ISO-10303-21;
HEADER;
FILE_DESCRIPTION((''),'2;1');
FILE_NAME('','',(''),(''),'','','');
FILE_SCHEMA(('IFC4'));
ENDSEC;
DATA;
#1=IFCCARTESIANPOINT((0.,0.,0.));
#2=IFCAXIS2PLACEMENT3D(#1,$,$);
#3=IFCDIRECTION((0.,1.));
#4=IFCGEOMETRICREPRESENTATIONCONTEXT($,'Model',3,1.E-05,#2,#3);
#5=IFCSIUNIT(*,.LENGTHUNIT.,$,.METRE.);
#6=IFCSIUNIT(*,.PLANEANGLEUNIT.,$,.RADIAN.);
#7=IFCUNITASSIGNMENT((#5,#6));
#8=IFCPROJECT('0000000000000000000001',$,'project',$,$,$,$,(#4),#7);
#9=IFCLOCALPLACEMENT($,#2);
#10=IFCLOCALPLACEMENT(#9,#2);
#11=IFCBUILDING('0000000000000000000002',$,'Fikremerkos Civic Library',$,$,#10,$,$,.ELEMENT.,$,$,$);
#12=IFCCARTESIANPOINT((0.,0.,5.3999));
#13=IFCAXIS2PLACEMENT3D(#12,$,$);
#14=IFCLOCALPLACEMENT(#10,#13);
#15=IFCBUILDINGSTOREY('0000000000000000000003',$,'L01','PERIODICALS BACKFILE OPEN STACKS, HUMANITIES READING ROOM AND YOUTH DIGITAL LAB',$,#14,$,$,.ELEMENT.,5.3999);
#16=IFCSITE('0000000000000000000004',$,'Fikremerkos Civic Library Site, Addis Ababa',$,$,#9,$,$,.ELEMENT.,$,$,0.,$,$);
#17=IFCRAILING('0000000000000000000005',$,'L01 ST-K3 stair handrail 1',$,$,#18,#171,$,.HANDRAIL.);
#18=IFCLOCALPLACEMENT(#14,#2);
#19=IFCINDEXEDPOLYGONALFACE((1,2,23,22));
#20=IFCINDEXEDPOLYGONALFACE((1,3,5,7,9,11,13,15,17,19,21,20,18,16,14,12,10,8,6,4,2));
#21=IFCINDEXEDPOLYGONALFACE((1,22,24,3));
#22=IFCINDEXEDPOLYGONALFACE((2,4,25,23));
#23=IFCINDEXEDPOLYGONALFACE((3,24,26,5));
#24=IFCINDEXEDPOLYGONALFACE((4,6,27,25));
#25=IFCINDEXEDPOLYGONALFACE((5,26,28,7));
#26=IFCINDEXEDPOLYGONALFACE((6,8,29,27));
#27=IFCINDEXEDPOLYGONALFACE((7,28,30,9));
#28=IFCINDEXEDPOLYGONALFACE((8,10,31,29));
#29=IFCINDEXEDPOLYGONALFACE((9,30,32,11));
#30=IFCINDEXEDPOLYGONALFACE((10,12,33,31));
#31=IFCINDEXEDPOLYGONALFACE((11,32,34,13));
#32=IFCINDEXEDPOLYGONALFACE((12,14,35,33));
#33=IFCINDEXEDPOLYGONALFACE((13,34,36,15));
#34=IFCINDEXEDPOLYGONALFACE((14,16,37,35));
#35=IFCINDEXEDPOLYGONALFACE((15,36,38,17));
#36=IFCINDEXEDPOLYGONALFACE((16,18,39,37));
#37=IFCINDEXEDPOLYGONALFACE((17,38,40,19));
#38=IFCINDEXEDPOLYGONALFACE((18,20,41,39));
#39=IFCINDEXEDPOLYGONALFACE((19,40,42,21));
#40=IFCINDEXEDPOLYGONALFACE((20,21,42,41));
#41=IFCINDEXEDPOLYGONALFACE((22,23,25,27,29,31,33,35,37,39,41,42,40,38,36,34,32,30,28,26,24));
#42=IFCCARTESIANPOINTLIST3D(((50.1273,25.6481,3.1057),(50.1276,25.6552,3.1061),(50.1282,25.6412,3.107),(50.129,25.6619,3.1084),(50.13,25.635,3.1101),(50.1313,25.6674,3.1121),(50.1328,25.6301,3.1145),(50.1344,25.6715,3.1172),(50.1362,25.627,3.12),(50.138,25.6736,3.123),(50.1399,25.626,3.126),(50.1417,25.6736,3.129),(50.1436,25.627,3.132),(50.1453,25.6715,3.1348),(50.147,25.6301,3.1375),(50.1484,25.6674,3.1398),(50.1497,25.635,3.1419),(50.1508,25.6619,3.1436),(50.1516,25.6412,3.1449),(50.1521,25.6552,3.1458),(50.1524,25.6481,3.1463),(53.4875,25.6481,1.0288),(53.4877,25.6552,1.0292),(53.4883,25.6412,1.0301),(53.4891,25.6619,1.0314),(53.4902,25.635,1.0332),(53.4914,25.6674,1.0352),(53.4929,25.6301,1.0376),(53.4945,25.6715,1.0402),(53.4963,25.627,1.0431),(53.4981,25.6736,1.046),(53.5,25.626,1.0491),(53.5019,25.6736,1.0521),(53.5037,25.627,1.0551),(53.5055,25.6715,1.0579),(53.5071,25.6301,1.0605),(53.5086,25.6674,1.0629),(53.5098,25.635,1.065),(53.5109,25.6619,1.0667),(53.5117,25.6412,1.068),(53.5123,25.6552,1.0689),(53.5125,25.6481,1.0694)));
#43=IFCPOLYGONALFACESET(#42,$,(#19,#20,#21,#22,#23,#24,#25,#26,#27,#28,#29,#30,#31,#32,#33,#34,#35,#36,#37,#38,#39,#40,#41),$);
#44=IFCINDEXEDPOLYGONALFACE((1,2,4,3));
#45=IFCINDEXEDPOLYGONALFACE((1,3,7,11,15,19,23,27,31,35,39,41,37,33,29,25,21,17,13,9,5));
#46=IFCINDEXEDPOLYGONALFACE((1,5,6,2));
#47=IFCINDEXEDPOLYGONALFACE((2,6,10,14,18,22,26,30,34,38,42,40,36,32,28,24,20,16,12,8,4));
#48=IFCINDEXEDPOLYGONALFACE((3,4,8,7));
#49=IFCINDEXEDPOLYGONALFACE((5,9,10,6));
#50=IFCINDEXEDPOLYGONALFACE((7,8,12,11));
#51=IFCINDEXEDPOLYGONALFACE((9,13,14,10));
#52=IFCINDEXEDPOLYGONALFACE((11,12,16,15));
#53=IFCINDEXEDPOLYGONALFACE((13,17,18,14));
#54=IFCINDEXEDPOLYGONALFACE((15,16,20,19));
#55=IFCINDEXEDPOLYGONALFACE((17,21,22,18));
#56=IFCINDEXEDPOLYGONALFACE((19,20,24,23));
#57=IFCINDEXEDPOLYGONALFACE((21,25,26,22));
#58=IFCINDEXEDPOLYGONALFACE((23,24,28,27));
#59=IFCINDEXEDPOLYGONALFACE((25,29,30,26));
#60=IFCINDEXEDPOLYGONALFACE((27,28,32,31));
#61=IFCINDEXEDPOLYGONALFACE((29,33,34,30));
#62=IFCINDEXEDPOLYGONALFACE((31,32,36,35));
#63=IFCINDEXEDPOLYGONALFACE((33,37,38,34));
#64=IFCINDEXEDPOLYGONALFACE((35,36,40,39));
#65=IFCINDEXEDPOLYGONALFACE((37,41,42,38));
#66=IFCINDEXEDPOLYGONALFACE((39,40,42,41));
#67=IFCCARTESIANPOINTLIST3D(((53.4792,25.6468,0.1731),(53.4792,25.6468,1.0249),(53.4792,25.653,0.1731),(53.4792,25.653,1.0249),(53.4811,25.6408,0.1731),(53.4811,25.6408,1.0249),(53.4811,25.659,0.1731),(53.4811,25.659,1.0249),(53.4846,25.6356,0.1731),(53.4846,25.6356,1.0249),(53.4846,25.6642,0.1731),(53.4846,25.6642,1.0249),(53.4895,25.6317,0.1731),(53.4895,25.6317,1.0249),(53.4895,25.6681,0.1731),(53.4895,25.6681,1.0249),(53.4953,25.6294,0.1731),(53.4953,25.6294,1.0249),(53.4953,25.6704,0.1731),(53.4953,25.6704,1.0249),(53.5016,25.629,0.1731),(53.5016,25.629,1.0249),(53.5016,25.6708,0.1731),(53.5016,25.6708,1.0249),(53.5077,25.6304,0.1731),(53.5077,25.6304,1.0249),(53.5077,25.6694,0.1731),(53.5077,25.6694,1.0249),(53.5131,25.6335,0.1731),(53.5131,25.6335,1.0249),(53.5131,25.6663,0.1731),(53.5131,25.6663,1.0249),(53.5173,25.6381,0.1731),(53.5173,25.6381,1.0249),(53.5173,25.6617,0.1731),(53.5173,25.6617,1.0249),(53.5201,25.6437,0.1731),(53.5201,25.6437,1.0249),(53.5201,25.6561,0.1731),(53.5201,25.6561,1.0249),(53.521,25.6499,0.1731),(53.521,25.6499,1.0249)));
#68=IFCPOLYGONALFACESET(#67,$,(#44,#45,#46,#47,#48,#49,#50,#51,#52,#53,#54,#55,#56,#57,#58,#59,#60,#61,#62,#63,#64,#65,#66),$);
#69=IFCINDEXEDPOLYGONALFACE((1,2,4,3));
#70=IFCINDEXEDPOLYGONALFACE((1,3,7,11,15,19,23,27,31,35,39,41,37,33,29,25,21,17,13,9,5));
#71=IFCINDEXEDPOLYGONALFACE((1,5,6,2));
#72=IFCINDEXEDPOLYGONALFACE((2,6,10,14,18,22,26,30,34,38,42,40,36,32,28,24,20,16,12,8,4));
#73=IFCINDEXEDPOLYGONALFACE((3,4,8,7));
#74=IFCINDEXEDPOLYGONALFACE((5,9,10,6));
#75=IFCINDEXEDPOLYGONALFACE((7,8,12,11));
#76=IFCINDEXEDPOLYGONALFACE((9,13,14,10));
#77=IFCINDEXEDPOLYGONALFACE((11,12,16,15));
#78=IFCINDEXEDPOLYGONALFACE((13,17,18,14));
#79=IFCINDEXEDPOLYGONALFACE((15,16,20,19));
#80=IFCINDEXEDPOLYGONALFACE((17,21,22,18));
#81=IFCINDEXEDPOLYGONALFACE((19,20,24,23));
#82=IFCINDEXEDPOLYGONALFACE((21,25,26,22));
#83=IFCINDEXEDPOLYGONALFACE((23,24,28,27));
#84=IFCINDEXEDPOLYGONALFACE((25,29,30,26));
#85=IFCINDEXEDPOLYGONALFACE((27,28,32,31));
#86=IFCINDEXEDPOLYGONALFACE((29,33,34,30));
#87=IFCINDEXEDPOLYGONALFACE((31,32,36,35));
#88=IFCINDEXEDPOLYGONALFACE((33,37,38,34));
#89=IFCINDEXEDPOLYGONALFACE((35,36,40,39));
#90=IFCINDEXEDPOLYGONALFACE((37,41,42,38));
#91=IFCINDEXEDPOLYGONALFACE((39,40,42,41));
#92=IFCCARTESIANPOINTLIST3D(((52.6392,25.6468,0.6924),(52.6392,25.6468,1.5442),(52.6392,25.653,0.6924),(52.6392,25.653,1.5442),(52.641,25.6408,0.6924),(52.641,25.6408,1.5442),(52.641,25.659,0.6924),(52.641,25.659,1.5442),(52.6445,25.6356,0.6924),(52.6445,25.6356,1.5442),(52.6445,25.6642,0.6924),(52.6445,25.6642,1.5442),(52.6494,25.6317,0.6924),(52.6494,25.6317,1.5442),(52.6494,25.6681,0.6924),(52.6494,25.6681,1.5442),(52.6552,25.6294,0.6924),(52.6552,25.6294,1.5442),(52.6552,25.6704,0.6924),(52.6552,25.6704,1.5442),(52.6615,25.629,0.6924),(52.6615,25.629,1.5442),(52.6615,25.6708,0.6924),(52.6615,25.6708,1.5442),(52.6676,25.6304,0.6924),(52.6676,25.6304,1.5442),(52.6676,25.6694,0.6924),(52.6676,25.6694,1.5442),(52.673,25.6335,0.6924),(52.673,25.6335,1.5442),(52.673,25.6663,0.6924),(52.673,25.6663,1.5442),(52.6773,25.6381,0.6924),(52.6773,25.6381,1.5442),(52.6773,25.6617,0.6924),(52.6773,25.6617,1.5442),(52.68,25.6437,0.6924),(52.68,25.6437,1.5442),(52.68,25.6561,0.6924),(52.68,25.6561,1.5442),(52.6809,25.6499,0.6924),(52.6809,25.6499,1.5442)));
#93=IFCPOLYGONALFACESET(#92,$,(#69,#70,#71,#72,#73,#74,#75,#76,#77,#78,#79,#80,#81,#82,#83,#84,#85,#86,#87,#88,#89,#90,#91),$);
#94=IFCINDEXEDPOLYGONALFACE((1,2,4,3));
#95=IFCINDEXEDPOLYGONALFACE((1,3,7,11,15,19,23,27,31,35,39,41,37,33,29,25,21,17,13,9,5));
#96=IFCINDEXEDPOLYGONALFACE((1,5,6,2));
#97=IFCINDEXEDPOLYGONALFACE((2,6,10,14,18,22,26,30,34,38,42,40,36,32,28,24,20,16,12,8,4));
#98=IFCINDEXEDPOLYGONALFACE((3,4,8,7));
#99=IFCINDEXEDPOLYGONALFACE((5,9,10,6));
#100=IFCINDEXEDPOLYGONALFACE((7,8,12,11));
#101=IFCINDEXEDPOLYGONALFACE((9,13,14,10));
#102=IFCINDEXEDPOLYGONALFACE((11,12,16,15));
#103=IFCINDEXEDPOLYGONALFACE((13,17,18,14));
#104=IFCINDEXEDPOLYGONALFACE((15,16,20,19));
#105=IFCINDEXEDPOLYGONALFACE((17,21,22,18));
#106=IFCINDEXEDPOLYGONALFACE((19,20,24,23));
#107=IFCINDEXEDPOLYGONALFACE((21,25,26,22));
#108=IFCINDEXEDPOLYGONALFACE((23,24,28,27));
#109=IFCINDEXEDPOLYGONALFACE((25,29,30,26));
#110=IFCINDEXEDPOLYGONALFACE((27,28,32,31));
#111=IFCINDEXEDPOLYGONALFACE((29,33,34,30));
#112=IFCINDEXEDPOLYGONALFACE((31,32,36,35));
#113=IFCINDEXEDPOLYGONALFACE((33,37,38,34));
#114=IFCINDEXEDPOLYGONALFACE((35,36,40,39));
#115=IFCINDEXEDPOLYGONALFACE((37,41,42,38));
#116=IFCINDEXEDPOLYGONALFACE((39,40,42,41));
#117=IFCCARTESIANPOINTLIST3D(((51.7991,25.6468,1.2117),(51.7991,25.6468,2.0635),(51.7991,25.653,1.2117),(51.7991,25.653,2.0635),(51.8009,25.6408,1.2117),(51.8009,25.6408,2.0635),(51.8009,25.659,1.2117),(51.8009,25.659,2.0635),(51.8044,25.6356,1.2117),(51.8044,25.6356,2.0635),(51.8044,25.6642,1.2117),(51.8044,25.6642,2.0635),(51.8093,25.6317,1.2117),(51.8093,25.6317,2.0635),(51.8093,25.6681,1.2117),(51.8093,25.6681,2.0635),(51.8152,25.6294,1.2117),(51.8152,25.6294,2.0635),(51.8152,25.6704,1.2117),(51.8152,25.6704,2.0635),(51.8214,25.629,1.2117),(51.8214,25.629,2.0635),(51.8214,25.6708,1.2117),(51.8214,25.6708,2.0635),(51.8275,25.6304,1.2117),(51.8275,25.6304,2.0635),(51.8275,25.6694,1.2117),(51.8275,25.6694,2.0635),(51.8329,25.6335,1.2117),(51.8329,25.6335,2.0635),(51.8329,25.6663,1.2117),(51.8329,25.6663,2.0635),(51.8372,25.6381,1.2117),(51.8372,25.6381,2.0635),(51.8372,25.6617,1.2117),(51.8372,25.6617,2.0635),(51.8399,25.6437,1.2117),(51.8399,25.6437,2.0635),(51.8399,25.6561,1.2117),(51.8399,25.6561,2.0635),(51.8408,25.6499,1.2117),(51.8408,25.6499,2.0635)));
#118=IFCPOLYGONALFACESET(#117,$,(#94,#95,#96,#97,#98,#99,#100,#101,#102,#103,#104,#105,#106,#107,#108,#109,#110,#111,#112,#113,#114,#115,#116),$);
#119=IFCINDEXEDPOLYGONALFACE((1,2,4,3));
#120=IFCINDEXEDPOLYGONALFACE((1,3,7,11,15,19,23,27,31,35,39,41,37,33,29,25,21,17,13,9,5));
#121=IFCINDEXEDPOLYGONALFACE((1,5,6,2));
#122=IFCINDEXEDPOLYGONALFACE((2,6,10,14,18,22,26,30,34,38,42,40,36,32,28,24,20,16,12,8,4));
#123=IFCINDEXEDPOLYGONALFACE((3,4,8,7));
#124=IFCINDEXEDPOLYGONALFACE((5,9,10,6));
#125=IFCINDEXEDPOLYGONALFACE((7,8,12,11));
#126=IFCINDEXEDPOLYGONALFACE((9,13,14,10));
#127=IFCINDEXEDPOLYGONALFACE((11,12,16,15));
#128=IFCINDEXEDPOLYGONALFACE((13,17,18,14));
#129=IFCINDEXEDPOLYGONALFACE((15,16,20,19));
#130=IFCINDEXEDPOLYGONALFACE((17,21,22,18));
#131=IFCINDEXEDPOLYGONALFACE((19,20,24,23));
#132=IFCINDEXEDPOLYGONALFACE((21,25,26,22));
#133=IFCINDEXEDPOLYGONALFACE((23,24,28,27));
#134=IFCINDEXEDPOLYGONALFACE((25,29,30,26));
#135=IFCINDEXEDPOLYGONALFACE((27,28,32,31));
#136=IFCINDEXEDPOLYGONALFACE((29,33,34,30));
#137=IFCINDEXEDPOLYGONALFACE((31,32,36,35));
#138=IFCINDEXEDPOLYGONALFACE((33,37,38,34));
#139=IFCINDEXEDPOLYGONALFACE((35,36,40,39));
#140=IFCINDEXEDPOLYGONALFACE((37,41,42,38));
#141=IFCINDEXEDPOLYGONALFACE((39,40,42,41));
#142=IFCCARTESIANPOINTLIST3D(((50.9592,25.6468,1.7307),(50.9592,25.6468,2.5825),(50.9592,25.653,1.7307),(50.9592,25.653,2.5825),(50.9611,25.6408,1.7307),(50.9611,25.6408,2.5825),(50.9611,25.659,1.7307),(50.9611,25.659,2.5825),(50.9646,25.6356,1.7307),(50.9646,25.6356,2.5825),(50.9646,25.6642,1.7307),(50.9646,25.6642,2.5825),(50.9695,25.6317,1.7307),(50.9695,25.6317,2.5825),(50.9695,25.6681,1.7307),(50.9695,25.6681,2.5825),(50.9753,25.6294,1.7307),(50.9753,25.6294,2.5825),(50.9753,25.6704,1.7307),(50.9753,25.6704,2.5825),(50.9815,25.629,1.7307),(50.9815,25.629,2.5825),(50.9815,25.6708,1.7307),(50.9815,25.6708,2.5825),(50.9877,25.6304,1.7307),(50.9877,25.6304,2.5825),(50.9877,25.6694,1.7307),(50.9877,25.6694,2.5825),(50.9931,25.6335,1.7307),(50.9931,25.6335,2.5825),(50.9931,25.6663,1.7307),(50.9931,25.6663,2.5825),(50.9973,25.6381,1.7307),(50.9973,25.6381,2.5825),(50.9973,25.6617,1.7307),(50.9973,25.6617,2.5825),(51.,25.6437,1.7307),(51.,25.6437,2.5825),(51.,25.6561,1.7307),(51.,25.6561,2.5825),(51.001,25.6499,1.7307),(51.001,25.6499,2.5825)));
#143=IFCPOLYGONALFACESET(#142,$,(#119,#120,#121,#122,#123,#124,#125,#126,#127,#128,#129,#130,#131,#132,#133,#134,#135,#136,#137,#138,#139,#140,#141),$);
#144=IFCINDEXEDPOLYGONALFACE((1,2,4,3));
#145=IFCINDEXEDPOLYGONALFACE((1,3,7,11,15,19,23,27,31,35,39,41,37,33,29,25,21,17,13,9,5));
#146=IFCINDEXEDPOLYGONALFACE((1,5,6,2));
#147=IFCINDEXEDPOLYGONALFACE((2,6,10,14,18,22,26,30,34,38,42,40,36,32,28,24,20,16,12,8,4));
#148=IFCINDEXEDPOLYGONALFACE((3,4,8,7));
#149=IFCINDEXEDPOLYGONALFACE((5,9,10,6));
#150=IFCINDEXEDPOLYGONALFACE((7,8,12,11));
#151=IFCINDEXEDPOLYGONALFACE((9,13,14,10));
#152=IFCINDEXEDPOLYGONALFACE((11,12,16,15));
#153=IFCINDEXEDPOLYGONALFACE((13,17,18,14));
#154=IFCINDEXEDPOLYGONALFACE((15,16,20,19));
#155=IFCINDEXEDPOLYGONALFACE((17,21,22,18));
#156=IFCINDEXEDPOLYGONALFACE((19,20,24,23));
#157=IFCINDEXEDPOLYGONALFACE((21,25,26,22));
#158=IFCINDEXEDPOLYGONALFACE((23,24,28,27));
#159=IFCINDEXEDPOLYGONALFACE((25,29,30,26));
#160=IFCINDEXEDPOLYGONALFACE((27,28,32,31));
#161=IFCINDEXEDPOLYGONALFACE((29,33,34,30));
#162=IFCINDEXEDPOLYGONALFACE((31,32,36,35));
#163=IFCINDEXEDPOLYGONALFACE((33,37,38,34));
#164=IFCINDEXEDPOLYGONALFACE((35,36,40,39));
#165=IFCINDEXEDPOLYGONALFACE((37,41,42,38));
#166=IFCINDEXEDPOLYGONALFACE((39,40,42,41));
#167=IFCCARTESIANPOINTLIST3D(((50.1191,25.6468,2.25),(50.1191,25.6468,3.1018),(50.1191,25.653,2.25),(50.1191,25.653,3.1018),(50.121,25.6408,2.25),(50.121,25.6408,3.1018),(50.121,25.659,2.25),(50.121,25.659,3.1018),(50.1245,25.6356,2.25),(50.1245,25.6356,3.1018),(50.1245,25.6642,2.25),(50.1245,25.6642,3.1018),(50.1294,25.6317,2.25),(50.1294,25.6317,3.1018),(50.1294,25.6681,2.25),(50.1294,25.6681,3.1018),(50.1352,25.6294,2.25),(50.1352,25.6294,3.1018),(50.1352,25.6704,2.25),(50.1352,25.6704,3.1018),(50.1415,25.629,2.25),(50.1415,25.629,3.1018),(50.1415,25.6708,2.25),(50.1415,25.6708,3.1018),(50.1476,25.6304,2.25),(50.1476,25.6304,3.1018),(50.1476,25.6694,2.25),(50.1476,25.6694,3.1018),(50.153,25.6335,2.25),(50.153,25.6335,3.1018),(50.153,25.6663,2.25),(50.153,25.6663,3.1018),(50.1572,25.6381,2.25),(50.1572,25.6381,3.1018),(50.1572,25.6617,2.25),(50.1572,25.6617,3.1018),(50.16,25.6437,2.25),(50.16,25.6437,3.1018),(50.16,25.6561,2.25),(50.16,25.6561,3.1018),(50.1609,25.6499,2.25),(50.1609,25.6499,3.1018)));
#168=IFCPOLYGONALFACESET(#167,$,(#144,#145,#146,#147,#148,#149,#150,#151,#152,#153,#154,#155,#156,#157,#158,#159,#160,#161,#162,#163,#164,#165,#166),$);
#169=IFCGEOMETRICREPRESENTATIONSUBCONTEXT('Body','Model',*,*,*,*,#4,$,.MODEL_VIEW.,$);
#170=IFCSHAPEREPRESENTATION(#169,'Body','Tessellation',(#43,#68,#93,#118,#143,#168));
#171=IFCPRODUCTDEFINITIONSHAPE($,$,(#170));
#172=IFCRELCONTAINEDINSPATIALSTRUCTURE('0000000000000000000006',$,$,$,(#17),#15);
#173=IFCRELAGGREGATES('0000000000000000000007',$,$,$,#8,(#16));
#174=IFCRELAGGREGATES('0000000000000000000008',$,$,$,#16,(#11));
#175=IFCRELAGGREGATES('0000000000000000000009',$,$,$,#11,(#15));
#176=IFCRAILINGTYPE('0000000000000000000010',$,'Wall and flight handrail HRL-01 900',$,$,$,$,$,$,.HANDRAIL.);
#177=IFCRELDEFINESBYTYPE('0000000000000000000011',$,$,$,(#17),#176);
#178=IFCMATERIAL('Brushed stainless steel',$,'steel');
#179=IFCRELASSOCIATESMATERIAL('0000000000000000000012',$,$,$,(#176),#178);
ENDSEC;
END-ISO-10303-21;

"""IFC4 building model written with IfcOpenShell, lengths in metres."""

from ifc_helpers import new_model, si_unit, direction, frame, origin, origin_2d, place, context, subcontext, project, spatial, circle, extrude, material, type_object, element, save


model = new_model("IFC4")

# Units and contexts
model_context = context("Model", 3, precision=1e-05, world=origin(), true_north=direction((0.0, 1.0)))
body_context = subcontext(model_context, "Body", "Model", "MODEL_VIEW")
ifc_project = project(units=[si_unit("LENGTHUNIT", "METRE"), si_unit("PLANEANGLEUNIT", "RADIAN")], contexts=[model_context])

# Site, building, storey
site_placement = place(None, origin())
site = spatial("IfcSite", under=ifc_project, at=site_placement, Name="Fikremerkos Civic Library Site, Addis Ababa", CompositionType="ELEMENT", RefElevation=0.0)
building_placement = place(site_placement, origin())
building = spatial("IfcBuilding", under=site, at=building_placement, Name="Fikremerkos Civic Library", CompositionType="ELEMENT")
storey_placement = place(building_placement, frame((0.0, 0.0, 5.3999)))
storey = spatial("IfcBuildingStorey", under=building, at=storey_placement, Name="L01", Description="PERIODICALS BACKFILE OPEN STACKS, HUMANITIES READING ROOM AND YOUTH DIGITAL LAB", CompositionType="ELEMENT", Elevation=5.3999)

# Shared definitions
ifc_material_1 = material(Name="Brushed stainless steel", Category="steel")

# Railing
railing_type_1 = type_object("IfcRailingType", Name="Wall and flight handrail HRL-01 900", PredefinedType="HANDRAIL", material=ifc_material_1)
railing_1_placement = place(storey_placement, frame((53.5, 25.6499, 0.1731)))
element("IfcRailing", 1, at=railing_1_placement, inside=storey, type_object=railing_type_1, Name="L01 ST-K3 stair handrail 1", PredefinedType="HANDRAIL", context=body_context, shape_type="SweptSolid", body=[
    extrude(circle(Radius=0.0239, at=origin_2d()), frame((0.0, 0.0, 0.876), z_axis=(-0.850623, 0.0, 0.525776), x_axis=(0.0, -1.0, 0.0)), (0.0, 0.0, 1.0), 3.9502),
    extrude(circle(Radius=0.021, at=origin_2d()), origin(), (0.0, 0.0, 1.0), 0.8518),
    extrude(circle(Radius=0.021, at=origin_2d()), frame((-0.8401, 0.0, 0.5193)), (0.0, 0.0, 1.0), 0.8518),
    extrude(circle(Radius=0.021, at=origin_2d()), frame((-1.6802, 0.0, 1.0386)), (0.0, 0.0, 1.0), 0.8518),
    extrude(circle(Radius=0.021, at=origin_2d()), frame((-2.52, 0.0, 1.5576)), (0.0, 0.0, 1.0), 0.8518),
    extrude(circle(Radius=0.021, at=origin_2d()), frame((-3.3601, 0.0, 2.0769)), (0.0, 0.0, 1.0), 0.8518),
])

save(model, "model.ifc")
